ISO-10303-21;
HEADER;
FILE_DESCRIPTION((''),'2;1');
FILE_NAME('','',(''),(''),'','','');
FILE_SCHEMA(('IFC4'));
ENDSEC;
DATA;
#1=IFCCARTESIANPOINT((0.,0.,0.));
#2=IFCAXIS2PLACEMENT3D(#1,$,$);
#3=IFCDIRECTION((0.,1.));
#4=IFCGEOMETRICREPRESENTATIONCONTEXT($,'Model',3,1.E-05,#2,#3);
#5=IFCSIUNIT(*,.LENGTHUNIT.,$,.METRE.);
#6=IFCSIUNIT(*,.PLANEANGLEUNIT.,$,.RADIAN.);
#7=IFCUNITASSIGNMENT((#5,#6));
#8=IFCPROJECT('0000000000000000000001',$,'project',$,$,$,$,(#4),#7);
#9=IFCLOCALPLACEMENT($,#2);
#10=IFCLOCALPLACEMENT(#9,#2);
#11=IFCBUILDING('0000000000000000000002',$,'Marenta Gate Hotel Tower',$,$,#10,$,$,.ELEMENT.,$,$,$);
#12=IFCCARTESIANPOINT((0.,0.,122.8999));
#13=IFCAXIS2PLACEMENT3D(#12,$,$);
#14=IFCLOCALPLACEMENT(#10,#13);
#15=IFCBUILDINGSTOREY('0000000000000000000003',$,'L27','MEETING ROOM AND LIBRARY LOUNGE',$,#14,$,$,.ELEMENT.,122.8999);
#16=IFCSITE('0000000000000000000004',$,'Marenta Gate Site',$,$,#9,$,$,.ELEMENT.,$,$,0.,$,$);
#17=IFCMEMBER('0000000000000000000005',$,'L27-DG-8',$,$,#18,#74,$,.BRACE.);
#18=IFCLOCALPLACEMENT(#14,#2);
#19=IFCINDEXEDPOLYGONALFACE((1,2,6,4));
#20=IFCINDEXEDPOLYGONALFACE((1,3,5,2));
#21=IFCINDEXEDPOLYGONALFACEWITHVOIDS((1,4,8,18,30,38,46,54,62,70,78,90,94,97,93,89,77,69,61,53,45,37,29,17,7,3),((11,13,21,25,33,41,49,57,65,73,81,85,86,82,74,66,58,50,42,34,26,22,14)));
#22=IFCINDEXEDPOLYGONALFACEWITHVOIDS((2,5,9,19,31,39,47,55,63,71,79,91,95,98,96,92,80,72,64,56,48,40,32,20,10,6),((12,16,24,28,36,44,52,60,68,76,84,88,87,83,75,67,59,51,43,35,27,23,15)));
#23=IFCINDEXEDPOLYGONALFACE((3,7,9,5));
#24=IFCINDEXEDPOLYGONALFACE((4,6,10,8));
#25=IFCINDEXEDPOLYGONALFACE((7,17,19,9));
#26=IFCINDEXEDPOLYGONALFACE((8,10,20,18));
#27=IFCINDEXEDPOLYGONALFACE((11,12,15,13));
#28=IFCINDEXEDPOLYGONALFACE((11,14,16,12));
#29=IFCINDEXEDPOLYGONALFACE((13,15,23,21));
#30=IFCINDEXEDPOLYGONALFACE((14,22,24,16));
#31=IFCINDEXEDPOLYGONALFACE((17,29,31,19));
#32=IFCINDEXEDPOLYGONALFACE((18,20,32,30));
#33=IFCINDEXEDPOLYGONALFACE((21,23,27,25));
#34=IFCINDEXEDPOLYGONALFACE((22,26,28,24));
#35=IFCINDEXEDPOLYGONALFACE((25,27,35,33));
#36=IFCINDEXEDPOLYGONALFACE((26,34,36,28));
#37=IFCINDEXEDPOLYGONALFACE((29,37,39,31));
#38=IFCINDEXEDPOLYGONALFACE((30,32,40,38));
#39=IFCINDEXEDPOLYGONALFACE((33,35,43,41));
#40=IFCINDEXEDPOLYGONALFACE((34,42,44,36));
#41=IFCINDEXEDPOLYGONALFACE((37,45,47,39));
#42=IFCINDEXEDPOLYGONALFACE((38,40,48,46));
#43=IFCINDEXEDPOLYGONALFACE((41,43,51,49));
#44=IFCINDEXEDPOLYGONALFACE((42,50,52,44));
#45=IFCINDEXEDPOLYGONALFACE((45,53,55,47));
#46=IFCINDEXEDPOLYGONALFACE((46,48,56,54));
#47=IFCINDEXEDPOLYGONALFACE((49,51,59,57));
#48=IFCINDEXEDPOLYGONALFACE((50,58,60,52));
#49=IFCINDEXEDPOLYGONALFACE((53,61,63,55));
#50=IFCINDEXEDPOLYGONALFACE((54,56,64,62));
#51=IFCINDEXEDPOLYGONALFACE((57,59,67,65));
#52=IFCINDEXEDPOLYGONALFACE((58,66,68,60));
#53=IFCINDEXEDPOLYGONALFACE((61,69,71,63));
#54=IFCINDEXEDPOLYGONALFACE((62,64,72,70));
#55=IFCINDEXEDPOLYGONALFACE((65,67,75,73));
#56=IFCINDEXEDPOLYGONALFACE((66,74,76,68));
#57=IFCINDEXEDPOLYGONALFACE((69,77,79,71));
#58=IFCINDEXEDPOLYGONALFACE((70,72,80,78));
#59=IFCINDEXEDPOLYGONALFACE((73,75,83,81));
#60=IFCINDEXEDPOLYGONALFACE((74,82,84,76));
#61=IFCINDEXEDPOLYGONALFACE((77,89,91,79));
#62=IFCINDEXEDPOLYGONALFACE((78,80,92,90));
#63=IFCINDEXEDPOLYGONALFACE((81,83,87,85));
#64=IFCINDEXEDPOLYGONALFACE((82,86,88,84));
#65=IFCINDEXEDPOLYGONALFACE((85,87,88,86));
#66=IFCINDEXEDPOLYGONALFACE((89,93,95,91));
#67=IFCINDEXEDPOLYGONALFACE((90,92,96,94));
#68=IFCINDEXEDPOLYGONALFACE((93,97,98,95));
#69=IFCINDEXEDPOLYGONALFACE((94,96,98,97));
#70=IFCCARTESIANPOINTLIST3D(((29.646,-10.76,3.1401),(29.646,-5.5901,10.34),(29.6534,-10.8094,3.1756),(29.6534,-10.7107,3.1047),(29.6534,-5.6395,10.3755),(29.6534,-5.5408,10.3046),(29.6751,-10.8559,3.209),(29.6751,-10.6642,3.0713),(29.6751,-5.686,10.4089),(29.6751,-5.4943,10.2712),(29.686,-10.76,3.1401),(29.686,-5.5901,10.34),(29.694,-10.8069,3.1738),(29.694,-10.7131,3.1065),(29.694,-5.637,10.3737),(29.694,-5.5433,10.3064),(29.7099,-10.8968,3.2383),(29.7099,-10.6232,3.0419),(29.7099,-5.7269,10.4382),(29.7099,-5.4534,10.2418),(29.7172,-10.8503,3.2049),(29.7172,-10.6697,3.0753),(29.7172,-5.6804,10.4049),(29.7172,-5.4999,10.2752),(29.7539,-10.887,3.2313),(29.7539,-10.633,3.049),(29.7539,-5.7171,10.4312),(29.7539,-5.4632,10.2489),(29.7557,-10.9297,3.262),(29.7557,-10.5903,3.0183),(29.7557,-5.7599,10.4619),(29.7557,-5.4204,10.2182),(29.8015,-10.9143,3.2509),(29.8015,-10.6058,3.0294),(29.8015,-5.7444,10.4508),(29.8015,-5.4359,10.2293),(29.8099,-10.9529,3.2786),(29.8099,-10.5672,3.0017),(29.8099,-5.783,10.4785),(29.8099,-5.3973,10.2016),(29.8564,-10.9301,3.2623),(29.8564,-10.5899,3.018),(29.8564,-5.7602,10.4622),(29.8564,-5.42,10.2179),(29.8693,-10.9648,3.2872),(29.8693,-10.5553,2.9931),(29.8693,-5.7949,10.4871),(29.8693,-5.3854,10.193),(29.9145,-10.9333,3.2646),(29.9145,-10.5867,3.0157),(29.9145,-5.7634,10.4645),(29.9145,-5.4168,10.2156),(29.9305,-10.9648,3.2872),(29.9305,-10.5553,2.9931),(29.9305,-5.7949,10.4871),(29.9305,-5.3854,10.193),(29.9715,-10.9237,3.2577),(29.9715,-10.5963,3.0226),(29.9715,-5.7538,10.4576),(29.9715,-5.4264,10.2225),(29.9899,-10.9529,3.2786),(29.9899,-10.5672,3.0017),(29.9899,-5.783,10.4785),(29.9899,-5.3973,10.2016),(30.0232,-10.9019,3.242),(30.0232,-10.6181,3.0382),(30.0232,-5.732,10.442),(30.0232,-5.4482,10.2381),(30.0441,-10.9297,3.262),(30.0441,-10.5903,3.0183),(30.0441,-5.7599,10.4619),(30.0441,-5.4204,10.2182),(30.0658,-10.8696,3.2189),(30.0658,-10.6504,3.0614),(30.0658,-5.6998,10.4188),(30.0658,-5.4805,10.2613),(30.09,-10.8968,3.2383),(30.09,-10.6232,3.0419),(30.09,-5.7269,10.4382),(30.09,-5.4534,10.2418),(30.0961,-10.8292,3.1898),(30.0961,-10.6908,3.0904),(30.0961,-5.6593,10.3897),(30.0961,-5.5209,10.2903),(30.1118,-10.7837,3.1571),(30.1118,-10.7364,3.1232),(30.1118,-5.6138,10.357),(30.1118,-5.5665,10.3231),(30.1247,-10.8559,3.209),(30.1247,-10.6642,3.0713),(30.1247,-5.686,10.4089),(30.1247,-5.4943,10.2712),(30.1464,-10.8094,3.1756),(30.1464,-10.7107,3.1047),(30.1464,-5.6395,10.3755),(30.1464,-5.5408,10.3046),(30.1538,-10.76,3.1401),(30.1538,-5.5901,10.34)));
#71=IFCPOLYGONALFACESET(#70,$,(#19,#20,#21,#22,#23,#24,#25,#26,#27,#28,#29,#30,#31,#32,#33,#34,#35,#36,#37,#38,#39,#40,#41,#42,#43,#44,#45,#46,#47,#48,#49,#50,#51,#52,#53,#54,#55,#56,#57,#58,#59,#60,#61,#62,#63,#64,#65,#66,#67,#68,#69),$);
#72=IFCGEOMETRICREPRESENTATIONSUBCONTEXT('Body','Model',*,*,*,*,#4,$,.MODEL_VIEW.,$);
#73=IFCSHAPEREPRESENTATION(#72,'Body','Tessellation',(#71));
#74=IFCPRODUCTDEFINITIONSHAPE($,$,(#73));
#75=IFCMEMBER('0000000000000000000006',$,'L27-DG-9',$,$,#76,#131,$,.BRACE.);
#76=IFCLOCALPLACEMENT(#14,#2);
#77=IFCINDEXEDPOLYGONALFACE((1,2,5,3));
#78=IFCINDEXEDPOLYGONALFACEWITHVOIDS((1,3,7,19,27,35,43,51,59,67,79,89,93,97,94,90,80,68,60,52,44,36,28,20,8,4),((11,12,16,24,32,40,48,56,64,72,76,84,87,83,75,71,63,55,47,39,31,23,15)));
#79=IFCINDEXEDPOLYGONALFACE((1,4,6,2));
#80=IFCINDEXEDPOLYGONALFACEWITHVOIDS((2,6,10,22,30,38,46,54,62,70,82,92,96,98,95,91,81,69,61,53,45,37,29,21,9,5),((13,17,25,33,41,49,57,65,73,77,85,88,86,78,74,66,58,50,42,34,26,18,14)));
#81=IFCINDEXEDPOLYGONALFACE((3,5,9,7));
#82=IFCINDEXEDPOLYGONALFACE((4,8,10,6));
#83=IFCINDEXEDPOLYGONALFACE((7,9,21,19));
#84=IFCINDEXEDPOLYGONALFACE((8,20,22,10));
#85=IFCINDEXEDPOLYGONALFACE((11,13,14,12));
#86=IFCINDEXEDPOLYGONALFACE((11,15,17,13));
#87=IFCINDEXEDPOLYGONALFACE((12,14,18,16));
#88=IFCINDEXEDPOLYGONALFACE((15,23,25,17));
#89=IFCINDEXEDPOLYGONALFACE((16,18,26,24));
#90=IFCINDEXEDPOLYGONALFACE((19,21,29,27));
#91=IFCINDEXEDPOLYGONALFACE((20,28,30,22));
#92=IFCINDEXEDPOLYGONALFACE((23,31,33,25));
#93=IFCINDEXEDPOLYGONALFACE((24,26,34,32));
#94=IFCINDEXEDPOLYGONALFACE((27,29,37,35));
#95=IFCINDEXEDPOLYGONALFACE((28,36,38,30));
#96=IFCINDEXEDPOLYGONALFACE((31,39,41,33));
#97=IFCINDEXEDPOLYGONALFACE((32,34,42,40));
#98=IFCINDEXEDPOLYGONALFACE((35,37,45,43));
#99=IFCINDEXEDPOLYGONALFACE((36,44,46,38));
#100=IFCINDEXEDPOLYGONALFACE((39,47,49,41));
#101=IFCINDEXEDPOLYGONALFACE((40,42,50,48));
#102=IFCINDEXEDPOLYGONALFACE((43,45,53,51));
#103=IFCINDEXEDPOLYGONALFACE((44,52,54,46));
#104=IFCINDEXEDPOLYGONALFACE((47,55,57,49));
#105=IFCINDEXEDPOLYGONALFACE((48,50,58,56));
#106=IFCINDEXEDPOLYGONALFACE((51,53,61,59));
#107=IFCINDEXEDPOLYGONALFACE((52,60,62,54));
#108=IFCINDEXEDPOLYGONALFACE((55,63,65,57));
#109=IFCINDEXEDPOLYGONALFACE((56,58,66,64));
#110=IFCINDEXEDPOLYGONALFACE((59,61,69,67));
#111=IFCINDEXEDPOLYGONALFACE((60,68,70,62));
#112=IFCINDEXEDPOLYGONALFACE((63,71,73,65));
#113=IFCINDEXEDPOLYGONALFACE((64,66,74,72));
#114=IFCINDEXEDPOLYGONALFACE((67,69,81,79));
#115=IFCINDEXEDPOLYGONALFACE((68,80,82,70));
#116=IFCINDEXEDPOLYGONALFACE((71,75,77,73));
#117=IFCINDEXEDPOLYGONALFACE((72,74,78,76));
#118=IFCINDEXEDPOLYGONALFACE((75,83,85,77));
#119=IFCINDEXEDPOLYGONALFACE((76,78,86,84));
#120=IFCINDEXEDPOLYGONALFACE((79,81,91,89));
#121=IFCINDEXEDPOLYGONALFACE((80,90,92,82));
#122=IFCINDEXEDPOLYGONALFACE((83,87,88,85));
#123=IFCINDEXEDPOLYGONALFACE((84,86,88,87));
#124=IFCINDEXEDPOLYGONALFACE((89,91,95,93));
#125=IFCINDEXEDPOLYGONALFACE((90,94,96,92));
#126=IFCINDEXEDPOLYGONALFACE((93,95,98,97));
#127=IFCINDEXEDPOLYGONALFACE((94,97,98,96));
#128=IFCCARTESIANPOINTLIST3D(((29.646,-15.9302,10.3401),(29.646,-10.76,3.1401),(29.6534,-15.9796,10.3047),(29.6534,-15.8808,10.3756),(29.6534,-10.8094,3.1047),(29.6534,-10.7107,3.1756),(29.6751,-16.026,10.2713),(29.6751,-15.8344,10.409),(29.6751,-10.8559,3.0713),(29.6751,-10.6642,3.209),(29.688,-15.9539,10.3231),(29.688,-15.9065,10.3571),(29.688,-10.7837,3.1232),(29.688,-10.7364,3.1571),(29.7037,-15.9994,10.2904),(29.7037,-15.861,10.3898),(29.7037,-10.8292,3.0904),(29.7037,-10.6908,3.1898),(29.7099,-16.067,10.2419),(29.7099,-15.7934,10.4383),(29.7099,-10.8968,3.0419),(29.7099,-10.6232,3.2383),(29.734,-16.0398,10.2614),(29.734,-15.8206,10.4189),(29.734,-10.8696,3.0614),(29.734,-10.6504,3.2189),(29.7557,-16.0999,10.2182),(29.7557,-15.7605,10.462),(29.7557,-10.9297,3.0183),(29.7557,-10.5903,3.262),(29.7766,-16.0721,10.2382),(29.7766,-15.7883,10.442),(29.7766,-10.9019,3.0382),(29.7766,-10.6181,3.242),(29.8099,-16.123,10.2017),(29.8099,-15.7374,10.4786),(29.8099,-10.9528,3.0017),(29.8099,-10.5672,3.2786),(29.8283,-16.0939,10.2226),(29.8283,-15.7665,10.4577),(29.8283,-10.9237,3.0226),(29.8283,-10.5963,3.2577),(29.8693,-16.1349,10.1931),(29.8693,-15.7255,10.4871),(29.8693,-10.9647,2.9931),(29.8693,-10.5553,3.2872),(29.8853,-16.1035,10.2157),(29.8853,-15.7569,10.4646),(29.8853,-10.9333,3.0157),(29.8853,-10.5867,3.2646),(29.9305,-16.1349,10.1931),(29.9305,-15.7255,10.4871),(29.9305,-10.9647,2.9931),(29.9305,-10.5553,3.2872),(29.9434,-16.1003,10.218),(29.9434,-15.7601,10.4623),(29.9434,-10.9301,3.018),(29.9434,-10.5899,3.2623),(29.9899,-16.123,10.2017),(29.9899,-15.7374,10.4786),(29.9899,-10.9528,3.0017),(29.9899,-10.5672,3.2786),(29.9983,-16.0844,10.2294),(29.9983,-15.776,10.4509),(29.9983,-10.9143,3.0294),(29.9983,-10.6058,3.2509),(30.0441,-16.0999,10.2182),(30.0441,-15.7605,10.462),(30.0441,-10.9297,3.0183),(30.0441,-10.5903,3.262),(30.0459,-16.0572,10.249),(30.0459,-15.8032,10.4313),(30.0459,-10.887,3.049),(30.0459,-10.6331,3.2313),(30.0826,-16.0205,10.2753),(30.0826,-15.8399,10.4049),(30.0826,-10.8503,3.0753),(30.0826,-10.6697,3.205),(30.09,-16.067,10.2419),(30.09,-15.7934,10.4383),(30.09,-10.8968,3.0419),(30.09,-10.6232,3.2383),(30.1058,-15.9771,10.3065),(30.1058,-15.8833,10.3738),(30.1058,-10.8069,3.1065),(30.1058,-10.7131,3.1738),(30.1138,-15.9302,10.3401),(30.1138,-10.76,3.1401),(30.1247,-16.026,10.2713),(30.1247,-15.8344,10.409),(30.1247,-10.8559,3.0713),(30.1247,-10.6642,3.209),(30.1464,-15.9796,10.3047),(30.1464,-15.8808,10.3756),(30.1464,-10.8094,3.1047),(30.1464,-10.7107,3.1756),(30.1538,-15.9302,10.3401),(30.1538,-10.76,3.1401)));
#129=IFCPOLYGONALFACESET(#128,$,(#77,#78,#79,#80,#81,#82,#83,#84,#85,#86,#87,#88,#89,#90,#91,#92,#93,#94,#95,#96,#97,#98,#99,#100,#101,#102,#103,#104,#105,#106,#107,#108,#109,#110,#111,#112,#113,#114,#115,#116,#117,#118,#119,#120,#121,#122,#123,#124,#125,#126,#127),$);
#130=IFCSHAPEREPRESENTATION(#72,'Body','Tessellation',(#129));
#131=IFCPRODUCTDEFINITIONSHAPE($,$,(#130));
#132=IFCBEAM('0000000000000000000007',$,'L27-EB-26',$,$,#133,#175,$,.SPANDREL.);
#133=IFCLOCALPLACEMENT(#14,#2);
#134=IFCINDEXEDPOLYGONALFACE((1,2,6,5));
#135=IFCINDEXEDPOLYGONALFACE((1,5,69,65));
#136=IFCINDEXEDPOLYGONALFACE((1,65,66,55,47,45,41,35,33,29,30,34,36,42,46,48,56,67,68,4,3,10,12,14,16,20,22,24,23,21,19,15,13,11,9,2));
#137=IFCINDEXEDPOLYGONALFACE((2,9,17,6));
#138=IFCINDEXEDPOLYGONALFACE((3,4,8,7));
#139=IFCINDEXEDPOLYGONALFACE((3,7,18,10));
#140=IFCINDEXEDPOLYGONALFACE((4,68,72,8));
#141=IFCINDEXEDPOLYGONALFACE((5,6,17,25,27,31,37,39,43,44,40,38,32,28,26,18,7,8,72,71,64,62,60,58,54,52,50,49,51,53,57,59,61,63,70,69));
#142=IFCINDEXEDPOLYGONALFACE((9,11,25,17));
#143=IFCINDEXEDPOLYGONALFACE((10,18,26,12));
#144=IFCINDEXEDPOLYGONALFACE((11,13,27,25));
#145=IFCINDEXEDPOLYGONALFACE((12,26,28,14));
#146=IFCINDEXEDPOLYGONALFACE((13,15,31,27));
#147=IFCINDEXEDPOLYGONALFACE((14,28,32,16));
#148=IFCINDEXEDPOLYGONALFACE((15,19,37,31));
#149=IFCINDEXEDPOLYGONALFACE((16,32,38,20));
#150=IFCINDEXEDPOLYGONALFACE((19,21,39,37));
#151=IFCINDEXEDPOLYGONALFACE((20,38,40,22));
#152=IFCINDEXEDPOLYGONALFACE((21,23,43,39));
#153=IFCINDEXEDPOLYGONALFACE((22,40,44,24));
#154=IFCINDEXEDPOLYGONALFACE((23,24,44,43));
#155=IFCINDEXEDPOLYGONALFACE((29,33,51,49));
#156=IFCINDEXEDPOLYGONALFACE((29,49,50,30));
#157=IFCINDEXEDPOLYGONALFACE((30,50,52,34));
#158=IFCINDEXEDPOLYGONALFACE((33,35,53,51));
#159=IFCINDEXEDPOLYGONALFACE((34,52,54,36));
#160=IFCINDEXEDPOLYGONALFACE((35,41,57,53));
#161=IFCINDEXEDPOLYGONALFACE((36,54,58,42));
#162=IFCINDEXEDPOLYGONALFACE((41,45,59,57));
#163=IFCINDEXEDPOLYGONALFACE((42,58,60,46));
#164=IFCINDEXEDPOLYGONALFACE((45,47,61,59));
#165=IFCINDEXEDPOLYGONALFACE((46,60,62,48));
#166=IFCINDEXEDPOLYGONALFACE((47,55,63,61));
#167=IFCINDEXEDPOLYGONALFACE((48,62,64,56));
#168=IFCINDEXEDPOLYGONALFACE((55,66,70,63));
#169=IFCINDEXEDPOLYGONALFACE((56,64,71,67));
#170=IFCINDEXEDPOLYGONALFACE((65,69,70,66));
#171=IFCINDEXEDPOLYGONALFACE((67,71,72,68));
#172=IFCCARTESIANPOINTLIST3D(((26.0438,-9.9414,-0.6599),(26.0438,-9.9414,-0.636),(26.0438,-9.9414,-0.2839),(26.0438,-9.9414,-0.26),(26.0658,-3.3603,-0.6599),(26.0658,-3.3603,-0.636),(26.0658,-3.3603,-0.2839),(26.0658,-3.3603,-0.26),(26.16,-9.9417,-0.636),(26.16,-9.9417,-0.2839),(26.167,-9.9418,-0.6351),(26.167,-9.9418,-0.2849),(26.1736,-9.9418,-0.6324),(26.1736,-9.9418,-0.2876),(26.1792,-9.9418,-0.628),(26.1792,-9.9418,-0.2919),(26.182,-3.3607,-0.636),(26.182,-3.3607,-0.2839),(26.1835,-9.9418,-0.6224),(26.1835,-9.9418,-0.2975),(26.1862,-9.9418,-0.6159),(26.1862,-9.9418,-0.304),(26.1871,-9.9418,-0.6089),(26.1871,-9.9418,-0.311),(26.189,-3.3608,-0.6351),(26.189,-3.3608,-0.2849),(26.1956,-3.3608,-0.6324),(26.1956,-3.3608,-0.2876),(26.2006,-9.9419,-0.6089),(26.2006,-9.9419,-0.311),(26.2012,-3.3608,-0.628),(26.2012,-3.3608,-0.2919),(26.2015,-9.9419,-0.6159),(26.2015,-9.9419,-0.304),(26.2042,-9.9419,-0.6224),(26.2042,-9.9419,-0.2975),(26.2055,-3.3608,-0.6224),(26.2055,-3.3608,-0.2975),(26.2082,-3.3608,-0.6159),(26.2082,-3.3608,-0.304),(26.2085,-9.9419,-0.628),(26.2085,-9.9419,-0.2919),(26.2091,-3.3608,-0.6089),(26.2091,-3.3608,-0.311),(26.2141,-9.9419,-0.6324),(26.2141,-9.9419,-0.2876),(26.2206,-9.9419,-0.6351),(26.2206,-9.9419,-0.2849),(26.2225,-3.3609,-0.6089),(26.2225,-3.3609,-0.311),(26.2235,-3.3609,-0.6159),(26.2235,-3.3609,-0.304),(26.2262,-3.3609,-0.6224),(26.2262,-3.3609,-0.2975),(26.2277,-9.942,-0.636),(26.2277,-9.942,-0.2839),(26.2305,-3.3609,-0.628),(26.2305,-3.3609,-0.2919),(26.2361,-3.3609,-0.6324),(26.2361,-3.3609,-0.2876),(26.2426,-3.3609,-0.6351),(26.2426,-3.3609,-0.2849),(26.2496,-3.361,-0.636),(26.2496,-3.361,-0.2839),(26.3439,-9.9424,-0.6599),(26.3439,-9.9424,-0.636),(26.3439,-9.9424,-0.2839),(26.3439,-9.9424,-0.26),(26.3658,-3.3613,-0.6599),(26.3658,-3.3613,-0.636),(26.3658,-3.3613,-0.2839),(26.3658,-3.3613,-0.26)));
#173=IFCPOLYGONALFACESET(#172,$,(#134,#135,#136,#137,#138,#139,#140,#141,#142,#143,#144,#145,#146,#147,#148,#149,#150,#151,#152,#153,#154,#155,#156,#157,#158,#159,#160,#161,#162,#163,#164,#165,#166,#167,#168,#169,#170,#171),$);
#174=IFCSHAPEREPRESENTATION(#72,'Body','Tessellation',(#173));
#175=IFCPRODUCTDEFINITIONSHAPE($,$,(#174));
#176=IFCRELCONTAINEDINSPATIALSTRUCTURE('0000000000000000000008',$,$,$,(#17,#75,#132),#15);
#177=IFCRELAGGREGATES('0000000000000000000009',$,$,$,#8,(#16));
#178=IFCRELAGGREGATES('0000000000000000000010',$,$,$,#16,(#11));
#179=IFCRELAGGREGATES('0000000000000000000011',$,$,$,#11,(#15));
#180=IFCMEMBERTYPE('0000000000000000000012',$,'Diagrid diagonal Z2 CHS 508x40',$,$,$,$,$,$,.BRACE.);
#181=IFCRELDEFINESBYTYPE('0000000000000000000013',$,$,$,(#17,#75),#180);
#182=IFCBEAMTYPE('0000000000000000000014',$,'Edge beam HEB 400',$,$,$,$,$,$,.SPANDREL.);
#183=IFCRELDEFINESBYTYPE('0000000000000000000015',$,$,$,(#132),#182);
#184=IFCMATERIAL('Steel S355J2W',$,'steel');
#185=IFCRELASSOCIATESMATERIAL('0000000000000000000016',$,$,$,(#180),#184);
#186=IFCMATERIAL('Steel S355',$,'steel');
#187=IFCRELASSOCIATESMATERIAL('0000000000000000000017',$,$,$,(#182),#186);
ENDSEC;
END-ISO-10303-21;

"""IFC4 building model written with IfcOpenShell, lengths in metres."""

from ifc_helpers import new_model, si_unit, direction, frame, origin, origin_2d, place, context, subcontext, project, spatial, hollow_circle, i_section, extrude, material, material_profile, profile_set, type_object, element, save


model = new_model("IFC4")

# Units and contexts
model_context = context("Model", 3, precision=1e-05, world=origin(), true_north=direction((0.0, 1.0)))
body_context = subcontext(model_context, "Body", "Model", "MODEL_VIEW")
ifc_project = project(units=[si_unit("LENGTHUNIT", "METRE"), si_unit("PLANEANGLEUNIT", "RADIAN")], contexts=[model_context])

# Site, building, storey
site_placement = place(None, origin())
site = spatial("IfcSite", under=ifc_project, at=site_placement, Name="Marenta Gate Site", CompositionType="ELEMENT", RefElevation=0.0)
building_placement = place(site_placement, origin())
building = spatial("IfcBuilding", under=site, at=building_placement, Name="Marenta Gate Hotel Tower", CompositionType="ELEMENT")
storey_placement = place(building_placement, frame((0.0, 0.0, 122.8999)))
storey = spatial("IfcBuildingStorey", under=building, at=storey_placement, Name="L27", Description="MEETING ROOM AND LIBRARY LOUNGE", CompositionType="ELEMENT", Elevation=122.8999)

# Members
ifc_material_1 = material(Name="Steel S355J2W", Category="steel")
ifc_material_profile_1 = material_profile(ifc_material_1, hollow_circle(Radius=0.2539, WallThickness=0.04, at=origin_2d()), Name="CHS 508x40")
ifc_profile_set_1 = profile_set([ifc_material_profile_1], Name="Steel S355J2W")
member_type_1 = type_object("IfcMemberType", Name="Diagrid diagonal Z2 CHS 508x40", PredefinedType="BRACE", material=ifc_profile_set_1)
for number, where, z_axis, x_axis, name in (
    (1, (29.8999, -10.76, 3.1401), (0.0, 0.583261, 0.812285), (-1.0, 0.0, 0.0), "L27-DG-8"),
):
    element("IfcMember", number, at=place(storey_placement, frame(where, z_axis=z_axis, x_axis=x_axis)), inside=storey, type_object=member_type_1, Name=name, PredefinedType="BRACE", context=body_context, shape_type="SweptSolid", body=[
        extrude(hollow_circle(Radius=0.2539, WallThickness=0.04, at=origin_2d()), origin(), (0.0, 0.0, 1.0), 8.8638),
    ])
member_1_placement = place(storey_placement, frame((29.8999, -10.76, 3.1401), z_axis=(0.0, -0.583279, 0.812272), x_axis=(1.0, 0.0, 0.0)))
element("IfcMember", 2, at=member_1_placement, inside=storey, type_object=member_type_1, Name="L27-DG-9", PredefinedType="BRACE", context=body_context, shape_type="SweptSolid", body=[
    extrude(hollow_circle(Radius=0.2539, WallThickness=0.04, at=origin_2d()), origin(), (0.0, 0.0, 1.0), 8.864),
])

# Beam
ifc_material_2 = material(Name="Steel S355", Category="steel")
ifc_material_profile_2 = material_profile(ifc_material_2, i_section(OverallWidth=0.3, OverallDepth=0.3999, WebThickness=0.0134, FlangeThickness=0.0239, FilletRadius=0.0271, at=origin_2d()), Name="HEB 400")
ifc_profile_set_2 = profile_set([ifc_material_profile_2], Name="Steel S355")
beam_type = type_object("IfcBeamType", Name="Edge beam HEB 400", PredefinedType="SPANDREL", material=ifc_profile_set_2)
beam_1_placement = place(storey_placement, frame((26.2158, -3.3608, -0.46), z_axis=(-0.003339, -0.999994, 0.0), x_axis=(0.999994, -0.003339, 0.0)))
element("IfcBeam", 3, at=beam_1_placement, inside=storey, type_object=beam_type, Name="L27-EB-26", PredefinedType="SPANDREL", context=body_context, shape_type="SweptSolid", body=[
    extrude(i_section(OverallWidth=0.3, OverallDepth=0.3999, WebThickness=0.0134, FlangeThickness=0.0239, FilletRadius=0.0271, at=origin_2d()), origin(), (0.0, 0.0, 1.0), 6.5811),
])

save(model, "model.ifc")
